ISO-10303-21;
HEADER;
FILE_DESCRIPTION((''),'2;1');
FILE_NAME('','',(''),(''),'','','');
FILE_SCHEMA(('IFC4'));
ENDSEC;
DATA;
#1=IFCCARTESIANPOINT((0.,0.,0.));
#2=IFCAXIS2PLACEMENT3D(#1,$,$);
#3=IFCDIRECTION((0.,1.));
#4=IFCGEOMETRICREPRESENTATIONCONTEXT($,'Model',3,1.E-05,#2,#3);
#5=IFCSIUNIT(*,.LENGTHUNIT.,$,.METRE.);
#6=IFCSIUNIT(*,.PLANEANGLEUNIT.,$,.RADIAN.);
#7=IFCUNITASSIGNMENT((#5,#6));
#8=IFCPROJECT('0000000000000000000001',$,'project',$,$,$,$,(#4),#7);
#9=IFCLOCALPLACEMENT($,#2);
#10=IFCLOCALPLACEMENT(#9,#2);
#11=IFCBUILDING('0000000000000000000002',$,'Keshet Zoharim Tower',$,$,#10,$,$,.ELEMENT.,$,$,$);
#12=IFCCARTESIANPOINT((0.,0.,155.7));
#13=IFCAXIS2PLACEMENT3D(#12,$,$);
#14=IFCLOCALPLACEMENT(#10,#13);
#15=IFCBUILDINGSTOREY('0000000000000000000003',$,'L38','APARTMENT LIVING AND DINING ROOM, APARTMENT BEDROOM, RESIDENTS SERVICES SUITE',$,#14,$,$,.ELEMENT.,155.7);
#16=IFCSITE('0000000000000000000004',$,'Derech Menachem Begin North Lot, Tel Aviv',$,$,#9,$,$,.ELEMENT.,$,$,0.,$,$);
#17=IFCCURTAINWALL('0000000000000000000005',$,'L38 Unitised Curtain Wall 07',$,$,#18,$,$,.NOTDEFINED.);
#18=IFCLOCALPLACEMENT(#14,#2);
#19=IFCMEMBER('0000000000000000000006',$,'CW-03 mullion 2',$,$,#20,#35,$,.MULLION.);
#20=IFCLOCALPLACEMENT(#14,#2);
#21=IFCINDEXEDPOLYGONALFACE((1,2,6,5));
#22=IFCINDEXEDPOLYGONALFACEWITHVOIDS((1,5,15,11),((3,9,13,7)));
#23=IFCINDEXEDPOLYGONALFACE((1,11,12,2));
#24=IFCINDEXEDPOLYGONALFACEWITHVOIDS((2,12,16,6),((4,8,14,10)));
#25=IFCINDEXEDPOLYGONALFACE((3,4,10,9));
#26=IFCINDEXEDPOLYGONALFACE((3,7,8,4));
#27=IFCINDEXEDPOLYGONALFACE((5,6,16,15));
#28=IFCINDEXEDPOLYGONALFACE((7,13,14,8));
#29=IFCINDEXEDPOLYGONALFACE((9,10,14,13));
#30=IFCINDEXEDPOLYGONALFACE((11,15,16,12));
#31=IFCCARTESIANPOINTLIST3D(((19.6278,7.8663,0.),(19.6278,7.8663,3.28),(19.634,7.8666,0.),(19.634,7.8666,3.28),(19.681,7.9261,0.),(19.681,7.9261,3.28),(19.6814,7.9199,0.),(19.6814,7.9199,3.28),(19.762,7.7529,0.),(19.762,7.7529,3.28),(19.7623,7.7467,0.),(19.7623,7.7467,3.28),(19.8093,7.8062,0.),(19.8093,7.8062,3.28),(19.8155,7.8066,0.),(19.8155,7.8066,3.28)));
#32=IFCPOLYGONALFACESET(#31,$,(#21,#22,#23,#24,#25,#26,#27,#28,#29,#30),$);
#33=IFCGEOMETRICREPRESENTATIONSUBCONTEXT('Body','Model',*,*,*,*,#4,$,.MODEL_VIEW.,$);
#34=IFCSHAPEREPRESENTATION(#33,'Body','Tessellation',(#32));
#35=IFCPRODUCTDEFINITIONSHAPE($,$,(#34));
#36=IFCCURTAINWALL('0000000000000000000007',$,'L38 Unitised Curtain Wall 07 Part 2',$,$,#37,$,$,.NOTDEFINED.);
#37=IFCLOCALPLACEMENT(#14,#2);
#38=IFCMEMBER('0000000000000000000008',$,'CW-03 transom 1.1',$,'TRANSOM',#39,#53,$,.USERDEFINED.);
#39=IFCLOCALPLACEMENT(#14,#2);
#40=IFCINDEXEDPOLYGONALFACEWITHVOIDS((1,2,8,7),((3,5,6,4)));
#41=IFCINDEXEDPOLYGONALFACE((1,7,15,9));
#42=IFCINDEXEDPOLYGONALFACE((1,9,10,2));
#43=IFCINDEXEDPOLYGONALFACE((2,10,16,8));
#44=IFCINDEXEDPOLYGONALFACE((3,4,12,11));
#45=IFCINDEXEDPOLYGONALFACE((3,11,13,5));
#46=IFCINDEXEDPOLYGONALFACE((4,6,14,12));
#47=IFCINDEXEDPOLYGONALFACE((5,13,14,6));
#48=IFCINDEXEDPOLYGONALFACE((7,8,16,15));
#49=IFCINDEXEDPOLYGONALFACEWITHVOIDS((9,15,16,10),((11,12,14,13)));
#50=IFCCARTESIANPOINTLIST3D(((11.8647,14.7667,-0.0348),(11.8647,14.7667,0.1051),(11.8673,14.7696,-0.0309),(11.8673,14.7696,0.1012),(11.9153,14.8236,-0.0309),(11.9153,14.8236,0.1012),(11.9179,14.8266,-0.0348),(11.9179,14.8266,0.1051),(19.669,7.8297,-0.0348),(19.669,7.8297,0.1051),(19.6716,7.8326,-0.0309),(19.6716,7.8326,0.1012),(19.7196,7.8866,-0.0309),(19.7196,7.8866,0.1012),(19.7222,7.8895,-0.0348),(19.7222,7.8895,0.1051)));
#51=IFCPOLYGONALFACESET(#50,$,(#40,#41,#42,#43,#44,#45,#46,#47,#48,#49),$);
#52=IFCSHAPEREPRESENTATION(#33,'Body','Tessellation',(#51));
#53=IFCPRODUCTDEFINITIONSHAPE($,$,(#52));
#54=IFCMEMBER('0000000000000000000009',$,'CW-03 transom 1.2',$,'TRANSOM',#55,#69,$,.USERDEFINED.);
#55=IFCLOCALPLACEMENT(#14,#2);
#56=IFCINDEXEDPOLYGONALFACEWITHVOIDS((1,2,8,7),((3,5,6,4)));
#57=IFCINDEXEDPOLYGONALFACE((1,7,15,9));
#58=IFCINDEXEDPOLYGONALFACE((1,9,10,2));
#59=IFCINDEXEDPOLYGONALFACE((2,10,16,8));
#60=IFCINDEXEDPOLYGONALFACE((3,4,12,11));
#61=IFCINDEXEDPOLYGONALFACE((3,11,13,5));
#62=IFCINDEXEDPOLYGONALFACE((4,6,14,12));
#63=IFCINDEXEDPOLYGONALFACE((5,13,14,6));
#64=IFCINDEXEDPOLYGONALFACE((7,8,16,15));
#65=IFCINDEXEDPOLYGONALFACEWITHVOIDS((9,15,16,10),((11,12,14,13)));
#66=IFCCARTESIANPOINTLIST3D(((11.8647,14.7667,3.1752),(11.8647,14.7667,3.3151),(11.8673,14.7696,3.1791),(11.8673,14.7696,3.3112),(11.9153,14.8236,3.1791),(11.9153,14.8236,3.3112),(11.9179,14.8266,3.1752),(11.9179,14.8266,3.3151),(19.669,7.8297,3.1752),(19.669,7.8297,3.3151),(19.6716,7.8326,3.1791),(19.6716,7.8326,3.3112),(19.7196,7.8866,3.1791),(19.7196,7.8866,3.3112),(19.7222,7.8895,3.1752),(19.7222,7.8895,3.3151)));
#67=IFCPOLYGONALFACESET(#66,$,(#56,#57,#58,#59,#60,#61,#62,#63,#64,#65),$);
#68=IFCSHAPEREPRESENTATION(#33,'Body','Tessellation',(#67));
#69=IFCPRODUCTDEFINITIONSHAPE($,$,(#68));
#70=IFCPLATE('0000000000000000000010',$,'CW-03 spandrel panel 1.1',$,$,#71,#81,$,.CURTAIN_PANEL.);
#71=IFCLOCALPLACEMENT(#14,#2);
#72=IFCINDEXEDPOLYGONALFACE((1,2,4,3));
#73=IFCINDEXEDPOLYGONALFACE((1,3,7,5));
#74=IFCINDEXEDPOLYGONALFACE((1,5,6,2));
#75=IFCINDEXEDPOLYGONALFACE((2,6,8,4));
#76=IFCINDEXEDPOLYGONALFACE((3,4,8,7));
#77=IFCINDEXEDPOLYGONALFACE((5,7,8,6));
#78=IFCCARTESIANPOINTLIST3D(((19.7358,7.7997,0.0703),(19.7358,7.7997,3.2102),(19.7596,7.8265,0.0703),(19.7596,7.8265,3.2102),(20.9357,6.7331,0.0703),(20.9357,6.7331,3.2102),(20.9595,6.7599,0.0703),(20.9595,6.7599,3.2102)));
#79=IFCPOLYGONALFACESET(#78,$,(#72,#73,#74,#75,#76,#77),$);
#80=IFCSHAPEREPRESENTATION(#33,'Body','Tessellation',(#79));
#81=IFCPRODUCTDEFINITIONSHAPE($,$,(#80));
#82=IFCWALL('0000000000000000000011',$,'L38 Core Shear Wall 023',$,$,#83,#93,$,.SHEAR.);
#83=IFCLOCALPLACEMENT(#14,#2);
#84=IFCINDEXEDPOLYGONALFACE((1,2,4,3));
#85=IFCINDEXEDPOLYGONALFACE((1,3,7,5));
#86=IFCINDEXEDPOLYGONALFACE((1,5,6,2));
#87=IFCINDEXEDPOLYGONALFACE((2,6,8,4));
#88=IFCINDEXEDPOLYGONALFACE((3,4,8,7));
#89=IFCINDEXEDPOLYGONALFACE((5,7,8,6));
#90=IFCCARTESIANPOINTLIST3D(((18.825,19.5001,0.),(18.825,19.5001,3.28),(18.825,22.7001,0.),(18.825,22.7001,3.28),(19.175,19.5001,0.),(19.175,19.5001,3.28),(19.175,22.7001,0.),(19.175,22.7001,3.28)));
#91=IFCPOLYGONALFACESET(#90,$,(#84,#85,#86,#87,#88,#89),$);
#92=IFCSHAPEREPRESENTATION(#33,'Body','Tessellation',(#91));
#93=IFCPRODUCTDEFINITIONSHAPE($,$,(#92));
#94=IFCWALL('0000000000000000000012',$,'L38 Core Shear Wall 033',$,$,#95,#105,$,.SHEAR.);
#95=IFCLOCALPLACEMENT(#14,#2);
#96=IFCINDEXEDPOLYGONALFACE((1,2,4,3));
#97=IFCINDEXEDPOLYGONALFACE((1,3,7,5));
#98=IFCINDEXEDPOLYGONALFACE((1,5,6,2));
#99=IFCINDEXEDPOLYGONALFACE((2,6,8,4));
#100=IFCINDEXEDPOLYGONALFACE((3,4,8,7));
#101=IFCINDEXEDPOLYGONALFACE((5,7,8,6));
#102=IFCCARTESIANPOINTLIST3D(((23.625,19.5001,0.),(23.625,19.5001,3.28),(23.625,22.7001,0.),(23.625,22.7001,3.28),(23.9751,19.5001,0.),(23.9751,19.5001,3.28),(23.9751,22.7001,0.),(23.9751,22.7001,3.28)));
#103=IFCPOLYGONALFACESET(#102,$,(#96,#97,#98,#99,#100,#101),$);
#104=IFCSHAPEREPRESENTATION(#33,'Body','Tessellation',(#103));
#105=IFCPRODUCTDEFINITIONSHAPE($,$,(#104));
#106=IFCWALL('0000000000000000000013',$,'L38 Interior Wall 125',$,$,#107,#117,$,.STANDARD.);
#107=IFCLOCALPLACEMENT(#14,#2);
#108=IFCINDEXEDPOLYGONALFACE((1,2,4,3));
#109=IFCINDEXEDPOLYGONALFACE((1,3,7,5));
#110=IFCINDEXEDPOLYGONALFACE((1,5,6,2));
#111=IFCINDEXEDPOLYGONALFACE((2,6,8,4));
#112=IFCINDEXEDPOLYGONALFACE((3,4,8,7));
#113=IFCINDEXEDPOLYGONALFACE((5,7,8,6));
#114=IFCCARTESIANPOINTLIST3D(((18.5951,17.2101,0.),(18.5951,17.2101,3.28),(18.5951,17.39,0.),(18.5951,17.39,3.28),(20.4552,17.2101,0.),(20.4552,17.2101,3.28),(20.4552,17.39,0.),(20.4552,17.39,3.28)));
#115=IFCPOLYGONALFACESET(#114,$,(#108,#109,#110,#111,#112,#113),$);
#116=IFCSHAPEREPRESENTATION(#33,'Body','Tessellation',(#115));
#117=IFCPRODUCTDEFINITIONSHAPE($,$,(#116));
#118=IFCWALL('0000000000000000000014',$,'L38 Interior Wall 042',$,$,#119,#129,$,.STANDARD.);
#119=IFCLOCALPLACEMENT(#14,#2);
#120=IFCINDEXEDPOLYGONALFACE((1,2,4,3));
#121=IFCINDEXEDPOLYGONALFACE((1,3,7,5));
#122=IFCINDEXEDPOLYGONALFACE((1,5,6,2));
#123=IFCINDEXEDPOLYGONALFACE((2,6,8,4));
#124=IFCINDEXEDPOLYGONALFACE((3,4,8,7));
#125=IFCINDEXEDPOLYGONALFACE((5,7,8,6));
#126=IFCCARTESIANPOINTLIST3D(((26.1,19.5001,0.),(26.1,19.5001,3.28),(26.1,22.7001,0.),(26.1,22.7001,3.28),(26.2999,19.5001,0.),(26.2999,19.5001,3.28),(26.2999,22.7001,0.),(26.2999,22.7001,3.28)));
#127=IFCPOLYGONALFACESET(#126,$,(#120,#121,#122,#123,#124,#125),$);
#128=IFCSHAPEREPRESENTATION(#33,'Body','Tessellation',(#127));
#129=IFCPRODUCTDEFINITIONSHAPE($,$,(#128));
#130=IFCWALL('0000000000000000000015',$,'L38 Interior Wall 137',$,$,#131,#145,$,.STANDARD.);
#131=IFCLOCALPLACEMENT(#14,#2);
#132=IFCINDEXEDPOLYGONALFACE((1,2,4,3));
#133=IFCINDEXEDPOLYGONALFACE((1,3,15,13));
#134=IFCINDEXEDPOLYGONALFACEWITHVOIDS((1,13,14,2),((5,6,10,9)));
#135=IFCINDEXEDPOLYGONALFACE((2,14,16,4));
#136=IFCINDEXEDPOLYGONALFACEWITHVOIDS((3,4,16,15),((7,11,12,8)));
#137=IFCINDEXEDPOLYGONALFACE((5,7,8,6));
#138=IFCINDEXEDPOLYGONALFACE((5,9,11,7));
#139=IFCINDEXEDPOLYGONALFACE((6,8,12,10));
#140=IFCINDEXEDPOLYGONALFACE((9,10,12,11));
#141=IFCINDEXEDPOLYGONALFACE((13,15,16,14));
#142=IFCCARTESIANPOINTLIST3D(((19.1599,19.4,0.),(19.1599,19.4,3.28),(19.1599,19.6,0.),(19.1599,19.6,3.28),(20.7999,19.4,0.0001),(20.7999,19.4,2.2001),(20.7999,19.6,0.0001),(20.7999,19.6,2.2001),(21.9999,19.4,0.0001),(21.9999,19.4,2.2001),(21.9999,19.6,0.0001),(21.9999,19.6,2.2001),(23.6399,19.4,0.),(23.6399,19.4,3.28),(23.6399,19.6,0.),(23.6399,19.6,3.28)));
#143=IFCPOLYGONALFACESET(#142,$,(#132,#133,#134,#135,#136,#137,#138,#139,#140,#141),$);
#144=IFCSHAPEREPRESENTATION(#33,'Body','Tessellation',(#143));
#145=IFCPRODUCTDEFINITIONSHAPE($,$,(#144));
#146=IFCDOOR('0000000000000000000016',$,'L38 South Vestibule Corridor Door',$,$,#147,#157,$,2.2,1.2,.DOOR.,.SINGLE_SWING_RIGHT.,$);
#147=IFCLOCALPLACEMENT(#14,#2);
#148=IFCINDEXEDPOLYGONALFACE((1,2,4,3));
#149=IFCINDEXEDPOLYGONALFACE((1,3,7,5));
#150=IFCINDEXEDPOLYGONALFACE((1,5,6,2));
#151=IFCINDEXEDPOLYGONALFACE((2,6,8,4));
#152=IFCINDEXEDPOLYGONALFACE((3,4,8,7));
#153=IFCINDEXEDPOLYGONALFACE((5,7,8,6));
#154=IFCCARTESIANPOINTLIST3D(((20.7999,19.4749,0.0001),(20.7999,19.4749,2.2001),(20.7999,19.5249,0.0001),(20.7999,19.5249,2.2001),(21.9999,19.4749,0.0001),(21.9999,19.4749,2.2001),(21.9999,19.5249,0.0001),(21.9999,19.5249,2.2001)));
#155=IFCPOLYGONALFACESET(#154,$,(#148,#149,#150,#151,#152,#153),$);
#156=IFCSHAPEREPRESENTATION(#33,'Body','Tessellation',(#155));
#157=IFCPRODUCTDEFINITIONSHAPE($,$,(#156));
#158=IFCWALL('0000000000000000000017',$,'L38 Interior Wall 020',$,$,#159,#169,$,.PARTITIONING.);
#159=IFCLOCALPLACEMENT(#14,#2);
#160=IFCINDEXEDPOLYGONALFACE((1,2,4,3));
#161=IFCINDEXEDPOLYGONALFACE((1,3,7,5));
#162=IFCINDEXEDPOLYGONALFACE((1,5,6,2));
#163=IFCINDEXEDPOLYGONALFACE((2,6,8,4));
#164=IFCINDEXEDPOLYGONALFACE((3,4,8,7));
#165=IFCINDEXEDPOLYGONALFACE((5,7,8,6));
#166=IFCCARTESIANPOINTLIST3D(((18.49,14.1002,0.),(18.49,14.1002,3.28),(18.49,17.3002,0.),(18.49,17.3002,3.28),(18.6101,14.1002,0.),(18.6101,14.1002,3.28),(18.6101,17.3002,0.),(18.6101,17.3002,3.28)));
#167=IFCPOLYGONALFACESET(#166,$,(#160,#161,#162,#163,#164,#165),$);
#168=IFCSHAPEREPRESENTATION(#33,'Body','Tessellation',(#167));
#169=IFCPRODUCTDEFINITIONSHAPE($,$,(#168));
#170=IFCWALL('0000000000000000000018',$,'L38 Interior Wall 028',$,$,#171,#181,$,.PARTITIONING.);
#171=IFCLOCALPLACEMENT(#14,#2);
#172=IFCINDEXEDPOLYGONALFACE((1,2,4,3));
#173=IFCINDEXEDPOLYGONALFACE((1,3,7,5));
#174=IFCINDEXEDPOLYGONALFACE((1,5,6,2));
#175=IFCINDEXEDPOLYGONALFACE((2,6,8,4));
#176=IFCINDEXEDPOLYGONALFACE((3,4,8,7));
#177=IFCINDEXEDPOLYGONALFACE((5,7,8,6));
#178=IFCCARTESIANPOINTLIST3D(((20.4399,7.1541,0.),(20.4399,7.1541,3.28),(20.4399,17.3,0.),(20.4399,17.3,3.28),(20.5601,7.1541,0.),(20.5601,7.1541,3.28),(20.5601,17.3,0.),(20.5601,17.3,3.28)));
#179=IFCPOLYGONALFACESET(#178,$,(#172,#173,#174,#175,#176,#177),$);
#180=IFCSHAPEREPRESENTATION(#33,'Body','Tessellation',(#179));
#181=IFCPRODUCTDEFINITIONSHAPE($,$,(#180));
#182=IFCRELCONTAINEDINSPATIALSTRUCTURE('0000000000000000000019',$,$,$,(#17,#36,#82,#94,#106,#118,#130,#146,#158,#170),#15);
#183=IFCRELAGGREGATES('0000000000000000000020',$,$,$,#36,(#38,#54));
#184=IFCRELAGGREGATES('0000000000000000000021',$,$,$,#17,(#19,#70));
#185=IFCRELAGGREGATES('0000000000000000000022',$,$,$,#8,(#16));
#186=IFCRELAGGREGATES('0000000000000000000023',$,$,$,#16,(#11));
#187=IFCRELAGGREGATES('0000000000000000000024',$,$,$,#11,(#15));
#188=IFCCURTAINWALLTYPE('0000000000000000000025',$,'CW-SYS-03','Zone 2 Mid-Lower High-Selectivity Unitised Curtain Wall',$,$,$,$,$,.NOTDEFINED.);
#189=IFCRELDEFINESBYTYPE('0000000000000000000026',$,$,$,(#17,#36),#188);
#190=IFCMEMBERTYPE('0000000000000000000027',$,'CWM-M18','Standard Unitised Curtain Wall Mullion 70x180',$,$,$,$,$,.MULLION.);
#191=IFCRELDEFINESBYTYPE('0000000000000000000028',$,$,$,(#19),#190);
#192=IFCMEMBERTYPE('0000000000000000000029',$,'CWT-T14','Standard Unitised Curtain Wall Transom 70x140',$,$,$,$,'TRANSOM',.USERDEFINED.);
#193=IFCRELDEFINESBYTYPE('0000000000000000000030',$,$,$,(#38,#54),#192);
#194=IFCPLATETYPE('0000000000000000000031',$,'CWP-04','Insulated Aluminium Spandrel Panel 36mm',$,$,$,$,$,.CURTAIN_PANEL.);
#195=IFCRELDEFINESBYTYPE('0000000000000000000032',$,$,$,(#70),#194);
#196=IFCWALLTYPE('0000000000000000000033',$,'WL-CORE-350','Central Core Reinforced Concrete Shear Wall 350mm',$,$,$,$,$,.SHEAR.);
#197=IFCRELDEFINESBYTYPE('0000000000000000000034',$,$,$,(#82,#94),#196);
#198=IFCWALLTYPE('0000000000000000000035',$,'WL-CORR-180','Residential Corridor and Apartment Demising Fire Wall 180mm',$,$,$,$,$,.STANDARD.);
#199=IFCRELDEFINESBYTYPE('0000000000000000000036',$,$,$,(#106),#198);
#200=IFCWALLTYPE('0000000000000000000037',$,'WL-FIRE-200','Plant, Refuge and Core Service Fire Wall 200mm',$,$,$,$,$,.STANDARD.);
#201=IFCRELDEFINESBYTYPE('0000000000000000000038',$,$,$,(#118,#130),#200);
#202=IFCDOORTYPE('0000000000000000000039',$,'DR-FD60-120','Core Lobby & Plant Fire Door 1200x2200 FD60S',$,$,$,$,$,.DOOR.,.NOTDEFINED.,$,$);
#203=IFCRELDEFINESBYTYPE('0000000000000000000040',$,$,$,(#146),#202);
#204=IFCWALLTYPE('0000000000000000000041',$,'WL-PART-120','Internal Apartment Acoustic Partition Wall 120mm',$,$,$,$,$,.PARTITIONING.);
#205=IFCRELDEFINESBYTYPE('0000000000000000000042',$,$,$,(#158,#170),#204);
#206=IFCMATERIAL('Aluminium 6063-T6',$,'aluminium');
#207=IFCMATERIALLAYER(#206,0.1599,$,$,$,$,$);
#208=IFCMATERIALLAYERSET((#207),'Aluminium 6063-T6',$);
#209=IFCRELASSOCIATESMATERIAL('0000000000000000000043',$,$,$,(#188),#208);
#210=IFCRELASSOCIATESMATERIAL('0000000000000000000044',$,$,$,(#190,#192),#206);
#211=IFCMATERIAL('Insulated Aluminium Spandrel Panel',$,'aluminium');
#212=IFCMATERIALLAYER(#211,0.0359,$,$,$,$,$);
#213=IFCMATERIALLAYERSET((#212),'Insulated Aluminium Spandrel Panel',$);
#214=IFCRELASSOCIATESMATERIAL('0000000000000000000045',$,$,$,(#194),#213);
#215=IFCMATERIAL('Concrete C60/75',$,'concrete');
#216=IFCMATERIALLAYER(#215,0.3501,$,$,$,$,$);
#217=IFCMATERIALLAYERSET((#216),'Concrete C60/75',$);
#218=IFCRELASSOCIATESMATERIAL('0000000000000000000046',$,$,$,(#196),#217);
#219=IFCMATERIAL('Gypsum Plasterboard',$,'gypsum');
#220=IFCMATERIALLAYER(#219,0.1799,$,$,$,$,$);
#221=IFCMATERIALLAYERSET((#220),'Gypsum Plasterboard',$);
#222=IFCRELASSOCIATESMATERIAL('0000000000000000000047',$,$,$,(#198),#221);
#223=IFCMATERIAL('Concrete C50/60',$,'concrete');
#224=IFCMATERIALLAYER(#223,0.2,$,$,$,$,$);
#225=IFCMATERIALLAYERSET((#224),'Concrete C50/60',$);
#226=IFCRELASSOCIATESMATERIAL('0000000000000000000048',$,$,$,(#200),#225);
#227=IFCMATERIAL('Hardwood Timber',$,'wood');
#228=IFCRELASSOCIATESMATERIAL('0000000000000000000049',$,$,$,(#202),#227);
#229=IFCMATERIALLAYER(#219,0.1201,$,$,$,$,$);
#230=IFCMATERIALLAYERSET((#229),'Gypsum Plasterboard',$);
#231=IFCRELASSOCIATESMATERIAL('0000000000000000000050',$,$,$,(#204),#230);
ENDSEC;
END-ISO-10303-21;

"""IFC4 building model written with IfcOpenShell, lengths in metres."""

from ifc_helpers import new_model, si_unit, direction, frame, frame_2d, origin, origin_2d, place, context, subcontext, project, spatial, rectangle, hollow_rectangle, extrude, material, layer, layer_set, material_profile, profile_set, type_object, element, fill, aggregate, save


model = new_model("IFC4")

# Units and contexts
model_context = context("Model", 3, precision=1e-05, world=origin(), true_north=direction((0.0, 1.0)))
body_context = subcontext(model_context, "Body", "Model", "MODEL_VIEW")
ifc_project = project(units=[si_unit("LENGTHUNIT", "METRE"), si_unit("PLANEANGLEUNIT", "RADIAN")], contexts=[model_context])

# Site, building, storey
site_placement = place(None, origin())
site = spatial("IfcSite", under=ifc_project, at=site_placement, Name="Derech Menachem Begin North Lot, Tel Aviv", CompositionType="ELEMENT", RefElevation=0.0)
building_placement = place(site_placement, origin())
building = spatial("IfcBuilding", under=site, at=building_placement, Name="Keshet Zoharim Tower", CompositionType="ELEMENT")
storey_placement = place(building_placement, frame((0.0, 0.0, 155.7)))
storey = spatial("IfcBuildingStorey", under=building, at=storey_placement, Name="L38", Description="APARTMENT LIVING AND DINING ROOM, APARTMENT BEDROOM, RESIDENTS SERVICES SUITE", CompositionType="ELEMENT", Elevation=155.7)

# Curtain wall, member
ifc_material_1 = material(Name="Aluminium 6063-T6", Category="aluminium")
ifc_layer_1 = layer(ifc_material_1, 0.1599)
ifc_layer_set_1 = layer_set([ifc_layer_1], Name="Aluminium 6063-T6")
curtain_wall_type = type_object("IfcCurtainWallType", Name="CW-SYS-03", Description="Zone 2 Mid-Lower High-Selectivity Unitised Curtain Wall", PredefinedType="NOTDEFINED", material=ifc_layer_set_1)
curtain_wall_1_placement = place(storey_placement, origin())
curtain_wall_1 = element("IfcCurtainWall", 1, at=curtain_wall_1_placement, inside=storey, type_object=curtain_wall_type, Name="L38 Unitised Curtain Wall 07", PredefinedType="NOTDEFINED")
ifc_material_profile_1 = material_profile(ifc_material_1, hollow_rectangle(XDim=0.0801, YDim=0.1799, WallThickness=0.0044, at=origin_2d()), Name="MUL-80x180")
ifc_profile_set_1 = profile_set([ifc_material_profile_1], Name="Aluminium 6063-T6")
member_type_1 = type_object("IfcMemberType", Name="CWM-M18", Description="Standard Unitised Curtain Wall Mullion 70x180", PredefinedType="MULLION", material=ifc_profile_set_1)
member_1_placement = place(storey_placement, frame((19.7217, 7.8364, 0.0), z_axis=(0.0, 0.0, 1.0), x_axis=(-0.664378, -0.747397, 0.0)))
member_1 = element("IfcMember", 2, at=member_1_placement, type_object=member_type_1, Name="CW-03 mullion 2", PredefinedType="MULLION", context=body_context, shape_type="SweptSolid", body=[
    extrude(hollow_rectangle(XDim=0.0801, YDim=0.1799, WallThickness=0.0044, at=origin_2d()), origin(), (0.0, 0.0, 1.0), 3.28),
])

# Curtain wall, members
curtain_wall_2_placement = place(storey_placement, origin())
curtain_wall_2 = element("IfcCurtainWall", 3, at=curtain_wall_2_placement, inside=storey, type_object=curtain_wall_type, Name="L38 Unitised Curtain Wall 07 Part 2", PredefinedType="NOTDEFINED")
ifc_material_profile_2 = material_profile(ifc_material_1, hollow_rectangle(XDim=0.0801, YDim=0.1399, WallThickness=0.0039, at=origin_2d()), Name="TRN-80x140")
ifc_profile_set_2 = profile_set([ifc_material_profile_2], Name="Aluminium 6063-T6")
member_type_2 = type_object("IfcMemberType", Name="CWT-T14", Description="Standard Unitised Curtain Wall Transom 70x140", ElementType="TRANSOM", PredefinedType="USERDEFINED", material=ifc_profile_set_2)
member_2_placement = place(storey_placement, frame((19.6956, 7.8596, 0.0352), z_axis=(-0.747412, 0.664361, 0.0), x_axis=(-0.664361, -0.747412, 0.0)))
member_2 = element("IfcMember", 4, at=member_2_placement, type_object=member_type_2, Name="CW-03 transom 1.1", ObjectType="TRANSOM", PredefinedType="USERDEFINED", context=body_context, shape_type="SweptSolid", body=[
    extrude(hollow_rectangle(XDim=0.0801, YDim=0.1399, WallThickness=0.0039, at=origin_2d()), origin(), (0.0, 0.0, 1.0), 10.4417),
])
member_3_placement = place(storey_placement, frame((19.6956, 7.8596, 3.2451), z_axis=(-0.747412, 0.664361, 0.0), x_axis=(-0.664361, -0.747412, 0.0)))
member_3 = element("IfcMember", 5, at=member_3_placement, type_object=member_type_2, Name="CW-03 transom 1.2", ObjectType="TRANSOM", PredefinedType="USERDEFINED", context=body_context, shape_type="SweptSolid", body=[
    extrude(hollow_rectangle(XDim=0.0801, YDim=0.1399, WallThickness=0.0039, at=origin_2d()), origin(), (0.0, 0.0, 1.0), 10.4417),
])
aggregate(curtain_wall_2, [member_2, member_3])

# Plate
ifc_material_2 = material(Name="Insulated Aluminium Spandrel Panel", Category="aluminium")
ifc_layer_2 = layer(ifc_material_2, 0.0359)
ifc_layer_set_2 = layer_set([ifc_layer_2], Name="Insulated Aluminium Spandrel Panel")
plate_type = type_object("IfcPlateType", Name="CWP-04", Description="Insulated Aluminium Spandrel Panel 36mm", PredefinedType="CURTAIN_PANEL", material=ifc_layer_set_2)
plate_placement = place(storey_placement, frame((20.3477, 7.2798, 0.0703), z_axis=(0.0, 0.0, 1.0), x_axis=(-0.747397, 0.664378, 0.0)))
plate = element("IfcPlate", 6, at=plate_placement, type_object=plate_type, Name="CW-03 spandrel panel 1.1", PredefinedType="CURTAIN_PANEL", context=body_context, shape_type="SweptSolid", body=[
    extrude(rectangle(XDim=1.6055, YDim=0.0359, at=origin_2d()), origin(), (0.0, 0.0, 1.0), 3.1399),
])
aggregate(curtain_wall_1, [member_1, plate])

# Shared definitions
ifc_material_3 = material(Name="Gypsum Plasterboard", Category="gypsum")
ifc_material_4 = material(Name="Hardwood Timber", Category="wood")

# Walls
ifc_material_5 = material(Name="Concrete C60/75", Category="concrete")
ifc_layer_3 = layer(ifc_material_5, 0.3501)
ifc_layer_set_3 = layer_set([ifc_layer_3], Name="Concrete C60/75")
wall_type_1 = type_object("IfcWallType", Name="WL-CORE-350", Description="Central Core Reinforced Concrete Shear Wall 350mm", PredefinedType="SHEAR", material=ifc_layer_set_3)
for number, where, z_axis, x_axis, name in (
    (7, (19.0, 19.5, 0.0), (0.0, 0.0, 1.0), (0.0, 1.0, 0.0), "L38 Core Shear Wall 023"),
    (8, (23.8, 19.5, 0.0), (0.0, 0.0, 1.0), (0.0, 1.0, 0.0), "L38 Core Shear Wall 033"),
):
    element("IfcWall", number, at=place(storey_placement, frame(where, z_axis=z_axis, x_axis=x_axis)), inside=storey, type_object=wall_type_1, Name=name, PredefinedType="SHEAR", context=body_context, shape_type="SweptSolid", body=[
        extrude(rectangle(XDim=3.2, YDim=0.3501, at=frame_2d((1.6001, 0.0))), origin(), (0.0, 0.0, 1.0), 3.28),
    ])
ifc_layer_4 = layer(ifc_material_3, 0.1799)
ifc_layer_set_4 = layer_set([ifc_layer_4], Name="Gypsum Plasterboard")
wall_type_2 = type_object("IfcWallType", Name="WL-CORR-180", Description="Residential Corridor and Apartment Demising Fire Wall 180mm", PredefinedType="STANDARD", material=ifc_layer_set_4)
wall_1_placement = place(storey_placement, frame((18.595, 17.3, 0.0), z_axis=(0.0, 0.0, 1.0), x_axis=(1.0, 0.0, 0.0)))
element("IfcWall", 9, at=wall_1_placement, inside=storey, type_object=wall_type_2, Name="L38 Interior Wall 125", PredefinedType="STANDARD", context=body_context, shape_type="SweptSolid", body=[
    extrude(rectangle(XDim=1.8601, YDim=0.1799, at=frame_2d((0.9302, 0.0))), origin(), (0.0, 0.0, 1.0), 3.28),
])
ifc_material_6 = material(Name="Concrete C50/60", Category="concrete")
ifc_layer_5 = layer(ifc_material_6, 0.2)
ifc_layer_set_5 = layer_set([ifc_layer_5], Name="Concrete C50/60")
wall_type_3 = type_object("IfcWallType", Name="WL-FIRE-200", Description="Plant, Refuge and Core Service Fire Wall 200mm", PredefinedType="STANDARD", material=ifc_layer_set_5)
wall_2_placement = place(storey_placement, frame((26.2, 19.5, 0.0), z_axis=(0.0, 0.0, 1.0), x_axis=(0.0, 1.0, 0.0)))
element("IfcWall", 10, at=wall_2_placement, inside=storey, type_object=wall_type_3, Name="L38 Interior Wall 042", PredefinedType="STANDARD", context=body_context, shape_type="SweptSolid", body=[
    extrude(rectangle(XDim=3.2, YDim=0.2, at=frame_2d((1.6001, 0.0))), origin(), (0.0, 0.0, 1.0), 3.28),
])

# Wall, opening, door
wall_3_placement = place(storey_placement, frame((19.1599, 19.5, 0.0), z_axis=(0.0, 0.0, 1.0), x_axis=(1.0, 0.0, 0.0)))
wall_3 = element("IfcWall", 11, at=wall_3_placement, inside=storey, type_object=wall_type_3, Name="L38 Interior Wall 137", PredefinedType="STANDARD", context=body_context, shape_type="SweptSolid", body=[
    extrude(rectangle(XDim=4.48, YDim=0.2, at=frame_2d((2.24, 0.0))), origin(), (0.0, 0.0, 1.0), 3.28),
])
opening_1_placement = place(wall_3_placement, frame((1.6399, 0.0, 0.0)))
opening_1 = element("IfcOpeningElement", 12, at=opening_1_placement, cuts=wall_3, PredefinedType="OPENING", context=body_context, shape_type="SweptSolid", body=[
    extrude(rectangle(XDim=1.2, YDim=2.2, at=frame_2d((0.6001, 1.1001))), frame((0.0, 0.1099, 0.0), z_axis=(0.0, -1.0, 0.0), x_axis=(1.0, 0.0, 0.0)), (0.0, 0.0, 1.0), 0.22),
])
door_type_1 = type_object("IfcDoorType", Name="DR-FD60-120", Description="Core Lobby & Plant Fire Door 1200x2200 FD60S", OperationType="NOTDEFINED", PredefinedType="DOOR", material=ifc_material_4)
door_1_placement = place(opening_1_placement, origin())
door_1 = element("IfcDoor", 13, at=door_1_placement, inside=storey, type_object=door_type_1, Name="L38 South Vestibule Corridor Door", OperationType="SINGLE_SWING_RIGHT", OverallHeight=2.2, OverallWidth=1.2, PredefinedType="DOOR", context=body_context, shape_type="SweptSolid", body=[
    extrude(rectangle(XDim=1.2, YDim=2.2, at=frame_2d((0.6001, 1.1001))), frame((0.0, 0.0249, 0.0), z_axis=(0.0, -1.0, 0.0), x_axis=(1.0, 0.0, 0.0)), (0.0, 0.0, 1.0), 0.05),
])
fill(opening_1, door_1)

# Walls
ifc_layer_6 = layer(ifc_material_3, 0.1201)
ifc_layer_set_6 = layer_set([ifc_layer_6], Name="Gypsum Plasterboard")
wall_type_4 = type_object("IfcWallType", Name="WL-PART-120", Description="Internal Apartment Acoustic Partition Wall 120mm", PredefinedType="PARTITIONING", material=ifc_layer_set_6)
wall_4_placement = place(storey_placement, frame((18.55, 14.1001, 0.0), z_axis=(0.0, 0.0, 1.0), x_axis=(0.0, 1.0, 0.0)))
element("IfcWall", 14, at=wall_4_placement, inside=storey, type_object=wall_type_4, Name="L38 Interior Wall 020", PredefinedType="PARTITIONING", context=body_context, shape_type="SweptSolid", body=[
    extrude(rectangle(XDim=3.2, YDim=0.1201, at=frame_2d((1.6001, 0.0))), origin(), (0.0, 0.0, 1.0), 3.28),
])
wall_5_placement = place(storey_placement, frame((20.5, 7.1541, 0.0), z_axis=(0.0, 0.0, 1.0), x_axis=(0.0, 1.0, 0.0)))
element("IfcWall", 15, at=wall_5_placement, inside=storey, type_object=wall_type_4, Name="L38 Interior Wall 028", PredefinedType="PARTITIONING", context=body_context, shape_type="SweptSolid", body=[
    extrude(rectangle(XDim=10.146, YDim=0.1201, at=frame_2d((5.073, 0.0))), origin(), (0.0, 0.0, 1.0), 3.28),
])

save(model, "model.ifc")
